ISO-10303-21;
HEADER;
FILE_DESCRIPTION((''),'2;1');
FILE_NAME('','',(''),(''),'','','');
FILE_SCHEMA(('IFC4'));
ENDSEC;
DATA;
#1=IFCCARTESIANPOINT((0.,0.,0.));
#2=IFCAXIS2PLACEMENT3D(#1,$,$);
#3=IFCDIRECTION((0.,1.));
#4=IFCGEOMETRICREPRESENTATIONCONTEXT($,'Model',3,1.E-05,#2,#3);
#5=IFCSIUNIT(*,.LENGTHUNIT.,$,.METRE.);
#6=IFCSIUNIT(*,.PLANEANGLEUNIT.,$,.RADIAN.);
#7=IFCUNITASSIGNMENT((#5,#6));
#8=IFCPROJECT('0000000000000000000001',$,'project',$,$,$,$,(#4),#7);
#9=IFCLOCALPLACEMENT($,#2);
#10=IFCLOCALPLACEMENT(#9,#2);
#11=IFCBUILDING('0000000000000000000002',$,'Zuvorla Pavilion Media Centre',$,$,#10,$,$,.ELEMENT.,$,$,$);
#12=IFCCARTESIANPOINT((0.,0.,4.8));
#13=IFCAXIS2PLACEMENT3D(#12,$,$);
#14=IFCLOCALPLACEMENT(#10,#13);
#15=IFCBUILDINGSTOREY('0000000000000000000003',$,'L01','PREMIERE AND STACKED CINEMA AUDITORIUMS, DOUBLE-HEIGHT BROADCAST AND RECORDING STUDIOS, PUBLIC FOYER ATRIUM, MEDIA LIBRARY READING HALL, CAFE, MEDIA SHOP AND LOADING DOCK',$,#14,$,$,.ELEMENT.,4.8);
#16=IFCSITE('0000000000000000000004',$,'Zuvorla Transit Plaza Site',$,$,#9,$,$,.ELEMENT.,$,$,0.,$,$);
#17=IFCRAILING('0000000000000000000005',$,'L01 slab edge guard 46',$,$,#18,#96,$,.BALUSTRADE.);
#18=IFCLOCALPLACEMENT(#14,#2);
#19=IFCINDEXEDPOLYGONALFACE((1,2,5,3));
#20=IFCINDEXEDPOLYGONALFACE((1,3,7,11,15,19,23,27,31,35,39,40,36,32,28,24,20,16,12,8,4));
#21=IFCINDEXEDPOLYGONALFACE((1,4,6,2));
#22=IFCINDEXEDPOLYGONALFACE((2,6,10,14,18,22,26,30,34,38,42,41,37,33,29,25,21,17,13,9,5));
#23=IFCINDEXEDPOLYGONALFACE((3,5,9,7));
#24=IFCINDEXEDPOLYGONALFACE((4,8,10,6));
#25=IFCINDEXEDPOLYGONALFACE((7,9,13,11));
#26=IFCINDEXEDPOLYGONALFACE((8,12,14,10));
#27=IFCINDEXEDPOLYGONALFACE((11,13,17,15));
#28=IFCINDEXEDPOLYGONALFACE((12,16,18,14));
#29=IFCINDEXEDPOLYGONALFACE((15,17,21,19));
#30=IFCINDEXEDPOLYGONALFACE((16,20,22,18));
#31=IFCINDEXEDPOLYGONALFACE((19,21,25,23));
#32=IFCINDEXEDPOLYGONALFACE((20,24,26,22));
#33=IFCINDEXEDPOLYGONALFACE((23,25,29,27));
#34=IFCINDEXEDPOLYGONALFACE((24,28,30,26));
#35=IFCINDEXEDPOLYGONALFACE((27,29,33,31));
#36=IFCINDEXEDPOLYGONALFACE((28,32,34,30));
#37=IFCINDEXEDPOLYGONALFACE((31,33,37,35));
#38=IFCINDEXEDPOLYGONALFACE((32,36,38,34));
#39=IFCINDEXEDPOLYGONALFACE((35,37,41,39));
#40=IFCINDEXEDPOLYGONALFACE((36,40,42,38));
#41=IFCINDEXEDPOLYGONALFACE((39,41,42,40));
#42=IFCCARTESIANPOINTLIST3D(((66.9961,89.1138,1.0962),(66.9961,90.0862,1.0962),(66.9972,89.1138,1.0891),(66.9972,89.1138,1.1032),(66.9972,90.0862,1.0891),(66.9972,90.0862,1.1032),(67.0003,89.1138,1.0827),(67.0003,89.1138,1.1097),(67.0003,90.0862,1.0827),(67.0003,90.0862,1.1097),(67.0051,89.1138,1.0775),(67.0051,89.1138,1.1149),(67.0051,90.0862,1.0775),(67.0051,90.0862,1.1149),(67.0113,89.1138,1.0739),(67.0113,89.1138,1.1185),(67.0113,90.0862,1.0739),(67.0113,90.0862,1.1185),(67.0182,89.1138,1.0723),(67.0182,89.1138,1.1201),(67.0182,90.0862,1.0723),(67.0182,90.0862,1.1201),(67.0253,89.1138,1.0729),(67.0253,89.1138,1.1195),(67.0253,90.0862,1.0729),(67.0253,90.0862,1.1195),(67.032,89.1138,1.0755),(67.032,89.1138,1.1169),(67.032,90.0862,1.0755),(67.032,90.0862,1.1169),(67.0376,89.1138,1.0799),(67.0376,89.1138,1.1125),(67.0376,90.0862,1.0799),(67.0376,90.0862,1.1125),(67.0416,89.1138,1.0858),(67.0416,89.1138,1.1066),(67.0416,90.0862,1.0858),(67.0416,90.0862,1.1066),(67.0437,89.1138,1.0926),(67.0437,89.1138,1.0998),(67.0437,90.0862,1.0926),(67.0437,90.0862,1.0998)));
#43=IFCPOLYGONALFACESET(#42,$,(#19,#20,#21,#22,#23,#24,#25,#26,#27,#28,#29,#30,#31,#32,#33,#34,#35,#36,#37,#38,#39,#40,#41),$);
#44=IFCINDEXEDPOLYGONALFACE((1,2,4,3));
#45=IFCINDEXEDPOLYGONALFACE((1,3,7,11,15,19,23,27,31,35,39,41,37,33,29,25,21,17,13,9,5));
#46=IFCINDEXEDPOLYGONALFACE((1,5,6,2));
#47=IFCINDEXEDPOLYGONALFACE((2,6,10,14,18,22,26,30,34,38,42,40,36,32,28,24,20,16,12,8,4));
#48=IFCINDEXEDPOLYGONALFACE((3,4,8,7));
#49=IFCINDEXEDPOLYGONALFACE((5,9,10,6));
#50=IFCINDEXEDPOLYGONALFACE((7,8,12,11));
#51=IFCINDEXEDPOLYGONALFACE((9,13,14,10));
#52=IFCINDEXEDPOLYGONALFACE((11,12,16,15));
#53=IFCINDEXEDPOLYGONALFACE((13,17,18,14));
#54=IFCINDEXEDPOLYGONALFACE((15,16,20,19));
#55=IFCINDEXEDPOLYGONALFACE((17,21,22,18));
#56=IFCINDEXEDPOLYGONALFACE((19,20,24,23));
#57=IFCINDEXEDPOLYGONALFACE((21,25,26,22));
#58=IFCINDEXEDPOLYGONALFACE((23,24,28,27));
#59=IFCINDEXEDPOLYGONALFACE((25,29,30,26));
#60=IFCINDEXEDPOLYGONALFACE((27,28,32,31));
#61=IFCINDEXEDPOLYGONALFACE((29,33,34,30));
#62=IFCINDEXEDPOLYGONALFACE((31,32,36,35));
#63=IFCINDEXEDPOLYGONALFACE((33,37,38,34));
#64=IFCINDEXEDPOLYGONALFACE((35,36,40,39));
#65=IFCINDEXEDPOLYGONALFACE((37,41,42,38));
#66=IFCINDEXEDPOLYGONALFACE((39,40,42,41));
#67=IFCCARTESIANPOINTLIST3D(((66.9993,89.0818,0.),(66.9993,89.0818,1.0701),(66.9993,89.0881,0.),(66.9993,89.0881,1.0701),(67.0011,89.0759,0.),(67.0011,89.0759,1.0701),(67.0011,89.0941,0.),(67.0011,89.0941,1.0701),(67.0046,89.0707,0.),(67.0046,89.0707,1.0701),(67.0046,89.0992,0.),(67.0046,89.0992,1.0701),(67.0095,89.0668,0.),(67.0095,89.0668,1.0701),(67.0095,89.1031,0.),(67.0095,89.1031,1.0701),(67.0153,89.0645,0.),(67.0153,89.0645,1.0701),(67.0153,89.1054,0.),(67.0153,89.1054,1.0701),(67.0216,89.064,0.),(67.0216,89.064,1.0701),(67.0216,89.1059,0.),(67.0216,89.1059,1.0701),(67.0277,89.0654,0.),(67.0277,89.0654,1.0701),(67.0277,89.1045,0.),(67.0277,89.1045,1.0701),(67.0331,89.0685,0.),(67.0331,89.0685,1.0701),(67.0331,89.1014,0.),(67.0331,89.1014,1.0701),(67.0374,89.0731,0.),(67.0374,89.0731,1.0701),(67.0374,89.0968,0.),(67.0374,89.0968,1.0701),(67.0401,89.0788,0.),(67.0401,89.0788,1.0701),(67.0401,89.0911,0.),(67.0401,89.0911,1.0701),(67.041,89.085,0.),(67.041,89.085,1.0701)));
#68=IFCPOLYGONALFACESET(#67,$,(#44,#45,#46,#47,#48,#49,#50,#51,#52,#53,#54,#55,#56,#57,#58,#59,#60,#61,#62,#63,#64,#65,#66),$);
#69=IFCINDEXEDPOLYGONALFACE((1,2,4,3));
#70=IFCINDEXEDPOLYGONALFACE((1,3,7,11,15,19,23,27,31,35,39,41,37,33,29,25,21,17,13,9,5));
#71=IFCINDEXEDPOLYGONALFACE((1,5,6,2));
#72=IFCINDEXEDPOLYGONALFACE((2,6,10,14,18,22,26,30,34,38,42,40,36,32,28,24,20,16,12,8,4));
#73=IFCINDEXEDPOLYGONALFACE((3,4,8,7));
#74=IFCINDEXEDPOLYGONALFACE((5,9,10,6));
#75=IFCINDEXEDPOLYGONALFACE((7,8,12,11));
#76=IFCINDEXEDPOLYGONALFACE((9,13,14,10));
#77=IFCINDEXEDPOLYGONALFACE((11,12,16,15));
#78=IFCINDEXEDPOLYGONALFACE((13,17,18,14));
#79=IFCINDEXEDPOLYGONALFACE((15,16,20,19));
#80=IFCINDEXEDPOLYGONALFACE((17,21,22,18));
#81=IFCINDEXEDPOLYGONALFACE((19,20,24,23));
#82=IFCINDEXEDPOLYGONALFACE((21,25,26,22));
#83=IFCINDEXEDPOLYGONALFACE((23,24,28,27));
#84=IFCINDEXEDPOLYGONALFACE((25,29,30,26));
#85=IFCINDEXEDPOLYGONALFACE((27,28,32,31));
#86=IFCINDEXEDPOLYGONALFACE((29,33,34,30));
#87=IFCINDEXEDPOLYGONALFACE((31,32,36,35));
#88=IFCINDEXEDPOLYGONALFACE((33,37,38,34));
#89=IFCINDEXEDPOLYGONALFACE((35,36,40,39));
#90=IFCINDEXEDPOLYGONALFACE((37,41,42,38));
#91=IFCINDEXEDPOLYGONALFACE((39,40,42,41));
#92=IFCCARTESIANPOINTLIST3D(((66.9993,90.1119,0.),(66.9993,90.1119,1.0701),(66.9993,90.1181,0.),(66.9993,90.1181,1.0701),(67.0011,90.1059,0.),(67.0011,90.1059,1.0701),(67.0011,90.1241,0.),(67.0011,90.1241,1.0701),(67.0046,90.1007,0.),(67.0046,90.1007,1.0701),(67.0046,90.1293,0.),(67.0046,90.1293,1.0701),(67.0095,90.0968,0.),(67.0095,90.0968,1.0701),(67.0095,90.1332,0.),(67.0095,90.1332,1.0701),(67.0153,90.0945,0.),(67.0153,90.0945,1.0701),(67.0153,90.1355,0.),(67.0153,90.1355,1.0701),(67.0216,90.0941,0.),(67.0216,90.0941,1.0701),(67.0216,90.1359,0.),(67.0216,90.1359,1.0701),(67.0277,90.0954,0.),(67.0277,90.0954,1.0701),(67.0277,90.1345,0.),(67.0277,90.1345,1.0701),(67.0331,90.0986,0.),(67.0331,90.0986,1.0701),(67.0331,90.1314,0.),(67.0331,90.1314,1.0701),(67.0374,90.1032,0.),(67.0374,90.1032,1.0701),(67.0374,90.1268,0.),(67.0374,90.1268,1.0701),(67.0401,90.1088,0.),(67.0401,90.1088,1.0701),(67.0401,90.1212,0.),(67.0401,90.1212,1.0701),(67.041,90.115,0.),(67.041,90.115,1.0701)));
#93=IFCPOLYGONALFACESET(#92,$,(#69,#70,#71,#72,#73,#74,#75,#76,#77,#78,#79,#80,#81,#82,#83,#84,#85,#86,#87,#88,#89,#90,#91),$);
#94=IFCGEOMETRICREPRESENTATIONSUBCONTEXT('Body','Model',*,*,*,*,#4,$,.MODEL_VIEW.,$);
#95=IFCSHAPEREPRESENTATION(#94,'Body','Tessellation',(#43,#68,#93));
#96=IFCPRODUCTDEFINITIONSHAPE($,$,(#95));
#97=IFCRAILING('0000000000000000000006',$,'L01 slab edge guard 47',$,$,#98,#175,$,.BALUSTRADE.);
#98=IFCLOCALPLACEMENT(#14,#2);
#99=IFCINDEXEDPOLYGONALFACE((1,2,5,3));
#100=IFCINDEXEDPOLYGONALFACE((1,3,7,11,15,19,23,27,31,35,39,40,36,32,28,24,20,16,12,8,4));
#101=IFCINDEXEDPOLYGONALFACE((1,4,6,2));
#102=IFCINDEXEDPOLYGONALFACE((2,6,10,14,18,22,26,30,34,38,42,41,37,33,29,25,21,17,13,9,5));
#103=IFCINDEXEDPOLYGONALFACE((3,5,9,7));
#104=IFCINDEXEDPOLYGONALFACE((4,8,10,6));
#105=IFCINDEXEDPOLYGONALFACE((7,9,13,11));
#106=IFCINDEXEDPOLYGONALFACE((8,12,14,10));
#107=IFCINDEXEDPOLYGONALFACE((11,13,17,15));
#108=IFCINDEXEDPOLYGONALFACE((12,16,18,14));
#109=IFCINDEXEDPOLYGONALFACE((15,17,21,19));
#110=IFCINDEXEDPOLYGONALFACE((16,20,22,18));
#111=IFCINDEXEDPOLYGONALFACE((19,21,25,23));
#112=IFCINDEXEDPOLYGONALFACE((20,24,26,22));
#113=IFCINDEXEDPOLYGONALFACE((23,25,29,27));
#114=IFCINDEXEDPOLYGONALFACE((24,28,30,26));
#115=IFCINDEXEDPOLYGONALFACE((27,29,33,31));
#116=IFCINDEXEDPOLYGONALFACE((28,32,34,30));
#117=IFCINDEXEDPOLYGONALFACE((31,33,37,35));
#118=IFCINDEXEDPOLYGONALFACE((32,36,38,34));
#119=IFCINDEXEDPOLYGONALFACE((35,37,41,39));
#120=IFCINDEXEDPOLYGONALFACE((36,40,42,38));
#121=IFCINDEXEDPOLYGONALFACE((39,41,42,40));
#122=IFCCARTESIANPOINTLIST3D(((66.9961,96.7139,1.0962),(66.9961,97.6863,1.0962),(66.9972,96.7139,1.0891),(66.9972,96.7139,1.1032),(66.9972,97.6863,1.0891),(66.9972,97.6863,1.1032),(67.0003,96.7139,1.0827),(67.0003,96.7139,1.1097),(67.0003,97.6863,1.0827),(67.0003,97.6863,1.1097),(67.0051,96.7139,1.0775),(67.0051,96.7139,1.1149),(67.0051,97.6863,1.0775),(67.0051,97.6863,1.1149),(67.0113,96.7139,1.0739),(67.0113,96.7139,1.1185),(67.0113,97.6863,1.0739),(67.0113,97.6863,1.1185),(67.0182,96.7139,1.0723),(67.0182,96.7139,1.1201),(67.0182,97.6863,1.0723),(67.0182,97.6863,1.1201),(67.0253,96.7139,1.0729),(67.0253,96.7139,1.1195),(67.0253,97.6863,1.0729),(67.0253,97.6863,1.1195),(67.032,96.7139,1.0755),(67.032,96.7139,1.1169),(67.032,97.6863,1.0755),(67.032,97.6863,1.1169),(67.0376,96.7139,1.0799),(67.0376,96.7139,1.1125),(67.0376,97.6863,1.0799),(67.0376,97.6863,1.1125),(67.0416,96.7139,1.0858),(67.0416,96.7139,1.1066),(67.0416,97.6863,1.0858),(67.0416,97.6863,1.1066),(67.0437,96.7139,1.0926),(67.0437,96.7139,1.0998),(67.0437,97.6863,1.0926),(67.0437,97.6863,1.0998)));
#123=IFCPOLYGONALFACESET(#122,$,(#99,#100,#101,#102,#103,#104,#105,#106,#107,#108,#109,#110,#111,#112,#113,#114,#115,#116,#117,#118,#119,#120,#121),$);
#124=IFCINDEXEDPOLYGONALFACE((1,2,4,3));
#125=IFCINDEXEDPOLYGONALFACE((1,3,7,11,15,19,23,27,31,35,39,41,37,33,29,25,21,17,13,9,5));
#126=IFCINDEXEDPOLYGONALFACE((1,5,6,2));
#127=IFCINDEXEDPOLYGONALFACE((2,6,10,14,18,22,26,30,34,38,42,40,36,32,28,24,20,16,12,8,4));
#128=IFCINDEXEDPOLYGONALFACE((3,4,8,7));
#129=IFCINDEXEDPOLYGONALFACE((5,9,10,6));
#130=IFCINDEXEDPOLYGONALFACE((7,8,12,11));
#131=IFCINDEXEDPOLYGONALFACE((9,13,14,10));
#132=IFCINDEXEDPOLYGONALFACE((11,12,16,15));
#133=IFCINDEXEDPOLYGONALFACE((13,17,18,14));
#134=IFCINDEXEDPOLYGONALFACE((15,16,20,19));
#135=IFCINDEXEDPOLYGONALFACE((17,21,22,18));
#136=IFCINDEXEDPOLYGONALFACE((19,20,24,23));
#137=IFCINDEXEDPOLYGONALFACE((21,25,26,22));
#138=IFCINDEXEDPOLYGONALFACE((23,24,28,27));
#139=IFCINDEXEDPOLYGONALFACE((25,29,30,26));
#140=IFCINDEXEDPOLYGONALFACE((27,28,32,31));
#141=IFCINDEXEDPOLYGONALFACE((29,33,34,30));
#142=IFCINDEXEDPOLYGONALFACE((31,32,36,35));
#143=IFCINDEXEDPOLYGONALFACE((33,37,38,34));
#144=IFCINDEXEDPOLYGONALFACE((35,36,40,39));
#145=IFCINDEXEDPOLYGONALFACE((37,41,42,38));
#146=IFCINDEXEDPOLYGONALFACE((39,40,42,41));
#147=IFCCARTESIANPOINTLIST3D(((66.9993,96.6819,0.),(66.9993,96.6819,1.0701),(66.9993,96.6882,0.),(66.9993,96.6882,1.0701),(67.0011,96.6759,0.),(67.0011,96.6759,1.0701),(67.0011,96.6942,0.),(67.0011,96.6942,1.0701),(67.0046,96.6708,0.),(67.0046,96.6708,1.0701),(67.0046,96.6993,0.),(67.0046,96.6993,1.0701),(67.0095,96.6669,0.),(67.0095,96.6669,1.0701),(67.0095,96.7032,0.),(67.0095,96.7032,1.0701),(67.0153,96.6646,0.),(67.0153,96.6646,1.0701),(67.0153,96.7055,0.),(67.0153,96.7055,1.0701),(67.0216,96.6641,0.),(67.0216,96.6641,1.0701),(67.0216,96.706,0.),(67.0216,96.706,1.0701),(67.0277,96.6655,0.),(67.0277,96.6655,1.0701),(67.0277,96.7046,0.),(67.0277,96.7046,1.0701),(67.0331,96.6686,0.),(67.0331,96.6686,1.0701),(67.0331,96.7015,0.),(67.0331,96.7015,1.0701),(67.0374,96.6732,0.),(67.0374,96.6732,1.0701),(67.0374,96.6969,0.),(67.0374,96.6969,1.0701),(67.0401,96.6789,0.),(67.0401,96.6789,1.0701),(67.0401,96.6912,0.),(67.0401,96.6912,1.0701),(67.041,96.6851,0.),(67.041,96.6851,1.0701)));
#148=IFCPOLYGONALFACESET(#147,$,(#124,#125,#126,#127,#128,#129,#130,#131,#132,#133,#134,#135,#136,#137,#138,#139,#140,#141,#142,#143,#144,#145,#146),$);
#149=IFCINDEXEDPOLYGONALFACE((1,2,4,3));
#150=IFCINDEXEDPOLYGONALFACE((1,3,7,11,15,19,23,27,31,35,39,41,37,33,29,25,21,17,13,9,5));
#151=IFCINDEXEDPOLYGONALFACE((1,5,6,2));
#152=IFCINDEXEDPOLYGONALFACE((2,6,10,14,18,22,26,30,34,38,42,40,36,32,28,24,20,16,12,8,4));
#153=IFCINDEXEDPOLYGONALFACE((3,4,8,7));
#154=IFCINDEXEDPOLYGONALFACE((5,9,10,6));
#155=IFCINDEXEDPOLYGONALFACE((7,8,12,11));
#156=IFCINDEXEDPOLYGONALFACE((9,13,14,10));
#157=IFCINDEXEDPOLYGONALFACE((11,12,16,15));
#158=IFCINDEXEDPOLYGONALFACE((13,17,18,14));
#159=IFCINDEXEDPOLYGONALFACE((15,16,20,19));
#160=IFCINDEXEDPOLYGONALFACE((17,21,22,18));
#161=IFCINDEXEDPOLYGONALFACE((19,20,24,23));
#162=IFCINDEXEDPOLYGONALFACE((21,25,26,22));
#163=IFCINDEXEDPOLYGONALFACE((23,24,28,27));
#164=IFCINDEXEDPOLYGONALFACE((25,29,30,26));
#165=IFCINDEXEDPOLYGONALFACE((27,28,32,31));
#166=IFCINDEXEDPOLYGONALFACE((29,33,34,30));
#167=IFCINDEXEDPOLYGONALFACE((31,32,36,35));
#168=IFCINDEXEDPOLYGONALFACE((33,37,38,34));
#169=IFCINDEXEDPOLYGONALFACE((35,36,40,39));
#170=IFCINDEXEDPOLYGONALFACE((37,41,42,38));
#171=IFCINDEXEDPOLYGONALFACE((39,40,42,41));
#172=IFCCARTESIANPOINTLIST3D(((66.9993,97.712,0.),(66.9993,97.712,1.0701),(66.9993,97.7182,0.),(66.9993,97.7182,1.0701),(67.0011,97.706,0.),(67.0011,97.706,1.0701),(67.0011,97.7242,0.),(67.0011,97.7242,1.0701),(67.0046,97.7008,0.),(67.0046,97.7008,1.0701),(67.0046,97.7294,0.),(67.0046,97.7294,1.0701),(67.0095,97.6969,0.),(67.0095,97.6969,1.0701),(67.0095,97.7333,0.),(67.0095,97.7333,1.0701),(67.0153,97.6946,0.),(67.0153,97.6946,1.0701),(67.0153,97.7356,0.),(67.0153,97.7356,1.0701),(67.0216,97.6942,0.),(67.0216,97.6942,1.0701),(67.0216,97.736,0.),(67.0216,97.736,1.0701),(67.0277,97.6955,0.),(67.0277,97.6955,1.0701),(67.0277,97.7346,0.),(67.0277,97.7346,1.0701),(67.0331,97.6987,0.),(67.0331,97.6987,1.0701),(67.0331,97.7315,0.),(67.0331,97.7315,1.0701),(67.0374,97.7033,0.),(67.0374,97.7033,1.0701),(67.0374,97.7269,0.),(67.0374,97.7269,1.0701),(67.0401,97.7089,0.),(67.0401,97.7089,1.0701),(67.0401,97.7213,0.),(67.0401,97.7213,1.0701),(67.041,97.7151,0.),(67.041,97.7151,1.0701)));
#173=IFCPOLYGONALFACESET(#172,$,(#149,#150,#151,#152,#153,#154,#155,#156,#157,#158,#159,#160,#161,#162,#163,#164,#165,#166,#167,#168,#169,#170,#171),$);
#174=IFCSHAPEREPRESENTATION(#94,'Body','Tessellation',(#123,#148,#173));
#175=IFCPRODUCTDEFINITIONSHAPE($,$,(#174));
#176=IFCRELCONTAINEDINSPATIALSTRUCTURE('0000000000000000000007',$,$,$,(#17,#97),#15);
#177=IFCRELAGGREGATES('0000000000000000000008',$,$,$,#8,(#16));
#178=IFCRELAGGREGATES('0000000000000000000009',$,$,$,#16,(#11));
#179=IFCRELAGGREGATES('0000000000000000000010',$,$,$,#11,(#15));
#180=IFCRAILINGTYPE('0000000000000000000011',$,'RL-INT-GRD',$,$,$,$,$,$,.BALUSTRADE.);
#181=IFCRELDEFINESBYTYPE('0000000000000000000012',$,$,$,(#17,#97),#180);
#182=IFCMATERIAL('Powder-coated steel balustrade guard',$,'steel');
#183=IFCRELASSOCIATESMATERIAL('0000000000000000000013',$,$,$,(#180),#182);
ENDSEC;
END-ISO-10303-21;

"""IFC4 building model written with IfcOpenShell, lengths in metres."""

from ifc_helpers import new_model, si_unit, direction, frame, origin, origin_2d, place, context, subcontext, project, spatial, circle, extrude, material, type_object, element, save


model = new_model("IFC4")

# Units and contexts
model_context = context("Model", 3, precision=1e-05, world=origin(), true_north=direction((0.0, 1.0)))
body_context = subcontext(model_context, "Body", "Model", "MODEL_VIEW")
ifc_project = project(units=[si_unit("LENGTHUNIT", "METRE"), si_unit("PLANEANGLEUNIT", "RADIAN")], contexts=[model_context])

# Site, building, storey
site_placement = place(None, origin())
site = spatial("IfcSite", under=ifc_project, at=site_placement, Name="Zuvorla Transit Plaza Site", CompositionType="ELEMENT", RefElevation=0.0)
building_placement = place(site_placement, origin())
building = spatial("IfcBuilding", under=site, at=building_placement, Name="Zuvorla Pavilion Media Centre", CompositionType="ELEMENT")
storey_placement = place(building_placement, frame((0.0, 0.0, 4.8)))
storey = spatial("IfcBuildingStorey", under=building, at=storey_placement, Name="L01", Description="PREMIERE AND STACKED CINEMA AUDITORIUMS, DOUBLE-HEIGHT BROADCAST AND RECORDING STUDIOS, PUBLIC FOYER ATRIUM, MEDIA LIBRARY READING HALL, CAFE, MEDIA SHOP AND LOADING DOCK", CompositionType="ELEMENT", Elevation=4.8)

# Railings
ifc_material_1 = material(Name="Powder-coated steel balustrade guard", Category="steel")
railing_type = type_object("IfcRailingType", Name="RL-INT-GRD", PredefinedType="BALUSTRADE", material=ifc_material_1)
for number, where, name in (
    (1, (67.02, 89.085, 0.0), "L01 slab edge guard 46"),
    (2, (67.02, 96.6851, 0.0), "L01 slab edge guard 47"),
):
    element("IfcRailing", number, at=place(storey_placement, frame(where)), inside=storey, type_object=railing_type, Name=name, PredefinedType="BALUSTRADE", context=body_context, shape_type="SweptSolid", body=[
        extrude(circle(Radius=0.0239, at=origin_2d()), frame((0.0, 0.0288, 1.0962), z_axis=(0.0, 1.0, 0.0), x_axis=(-1.0, 0.0, 0.0)), (0.0, 0.0, 1.0), 0.9724),
        extrude(circle(Radius=0.021, at=origin_2d()), origin(), (0.0, 0.0, 1.0), 1.0701),
        extrude(circle(Radius=0.021, at=origin_2d()), frame((0.0, 1.03, 0.0)), (0.0, 0.0, 1.0), 1.0701),
    ])

save(model, "model.ifc")
